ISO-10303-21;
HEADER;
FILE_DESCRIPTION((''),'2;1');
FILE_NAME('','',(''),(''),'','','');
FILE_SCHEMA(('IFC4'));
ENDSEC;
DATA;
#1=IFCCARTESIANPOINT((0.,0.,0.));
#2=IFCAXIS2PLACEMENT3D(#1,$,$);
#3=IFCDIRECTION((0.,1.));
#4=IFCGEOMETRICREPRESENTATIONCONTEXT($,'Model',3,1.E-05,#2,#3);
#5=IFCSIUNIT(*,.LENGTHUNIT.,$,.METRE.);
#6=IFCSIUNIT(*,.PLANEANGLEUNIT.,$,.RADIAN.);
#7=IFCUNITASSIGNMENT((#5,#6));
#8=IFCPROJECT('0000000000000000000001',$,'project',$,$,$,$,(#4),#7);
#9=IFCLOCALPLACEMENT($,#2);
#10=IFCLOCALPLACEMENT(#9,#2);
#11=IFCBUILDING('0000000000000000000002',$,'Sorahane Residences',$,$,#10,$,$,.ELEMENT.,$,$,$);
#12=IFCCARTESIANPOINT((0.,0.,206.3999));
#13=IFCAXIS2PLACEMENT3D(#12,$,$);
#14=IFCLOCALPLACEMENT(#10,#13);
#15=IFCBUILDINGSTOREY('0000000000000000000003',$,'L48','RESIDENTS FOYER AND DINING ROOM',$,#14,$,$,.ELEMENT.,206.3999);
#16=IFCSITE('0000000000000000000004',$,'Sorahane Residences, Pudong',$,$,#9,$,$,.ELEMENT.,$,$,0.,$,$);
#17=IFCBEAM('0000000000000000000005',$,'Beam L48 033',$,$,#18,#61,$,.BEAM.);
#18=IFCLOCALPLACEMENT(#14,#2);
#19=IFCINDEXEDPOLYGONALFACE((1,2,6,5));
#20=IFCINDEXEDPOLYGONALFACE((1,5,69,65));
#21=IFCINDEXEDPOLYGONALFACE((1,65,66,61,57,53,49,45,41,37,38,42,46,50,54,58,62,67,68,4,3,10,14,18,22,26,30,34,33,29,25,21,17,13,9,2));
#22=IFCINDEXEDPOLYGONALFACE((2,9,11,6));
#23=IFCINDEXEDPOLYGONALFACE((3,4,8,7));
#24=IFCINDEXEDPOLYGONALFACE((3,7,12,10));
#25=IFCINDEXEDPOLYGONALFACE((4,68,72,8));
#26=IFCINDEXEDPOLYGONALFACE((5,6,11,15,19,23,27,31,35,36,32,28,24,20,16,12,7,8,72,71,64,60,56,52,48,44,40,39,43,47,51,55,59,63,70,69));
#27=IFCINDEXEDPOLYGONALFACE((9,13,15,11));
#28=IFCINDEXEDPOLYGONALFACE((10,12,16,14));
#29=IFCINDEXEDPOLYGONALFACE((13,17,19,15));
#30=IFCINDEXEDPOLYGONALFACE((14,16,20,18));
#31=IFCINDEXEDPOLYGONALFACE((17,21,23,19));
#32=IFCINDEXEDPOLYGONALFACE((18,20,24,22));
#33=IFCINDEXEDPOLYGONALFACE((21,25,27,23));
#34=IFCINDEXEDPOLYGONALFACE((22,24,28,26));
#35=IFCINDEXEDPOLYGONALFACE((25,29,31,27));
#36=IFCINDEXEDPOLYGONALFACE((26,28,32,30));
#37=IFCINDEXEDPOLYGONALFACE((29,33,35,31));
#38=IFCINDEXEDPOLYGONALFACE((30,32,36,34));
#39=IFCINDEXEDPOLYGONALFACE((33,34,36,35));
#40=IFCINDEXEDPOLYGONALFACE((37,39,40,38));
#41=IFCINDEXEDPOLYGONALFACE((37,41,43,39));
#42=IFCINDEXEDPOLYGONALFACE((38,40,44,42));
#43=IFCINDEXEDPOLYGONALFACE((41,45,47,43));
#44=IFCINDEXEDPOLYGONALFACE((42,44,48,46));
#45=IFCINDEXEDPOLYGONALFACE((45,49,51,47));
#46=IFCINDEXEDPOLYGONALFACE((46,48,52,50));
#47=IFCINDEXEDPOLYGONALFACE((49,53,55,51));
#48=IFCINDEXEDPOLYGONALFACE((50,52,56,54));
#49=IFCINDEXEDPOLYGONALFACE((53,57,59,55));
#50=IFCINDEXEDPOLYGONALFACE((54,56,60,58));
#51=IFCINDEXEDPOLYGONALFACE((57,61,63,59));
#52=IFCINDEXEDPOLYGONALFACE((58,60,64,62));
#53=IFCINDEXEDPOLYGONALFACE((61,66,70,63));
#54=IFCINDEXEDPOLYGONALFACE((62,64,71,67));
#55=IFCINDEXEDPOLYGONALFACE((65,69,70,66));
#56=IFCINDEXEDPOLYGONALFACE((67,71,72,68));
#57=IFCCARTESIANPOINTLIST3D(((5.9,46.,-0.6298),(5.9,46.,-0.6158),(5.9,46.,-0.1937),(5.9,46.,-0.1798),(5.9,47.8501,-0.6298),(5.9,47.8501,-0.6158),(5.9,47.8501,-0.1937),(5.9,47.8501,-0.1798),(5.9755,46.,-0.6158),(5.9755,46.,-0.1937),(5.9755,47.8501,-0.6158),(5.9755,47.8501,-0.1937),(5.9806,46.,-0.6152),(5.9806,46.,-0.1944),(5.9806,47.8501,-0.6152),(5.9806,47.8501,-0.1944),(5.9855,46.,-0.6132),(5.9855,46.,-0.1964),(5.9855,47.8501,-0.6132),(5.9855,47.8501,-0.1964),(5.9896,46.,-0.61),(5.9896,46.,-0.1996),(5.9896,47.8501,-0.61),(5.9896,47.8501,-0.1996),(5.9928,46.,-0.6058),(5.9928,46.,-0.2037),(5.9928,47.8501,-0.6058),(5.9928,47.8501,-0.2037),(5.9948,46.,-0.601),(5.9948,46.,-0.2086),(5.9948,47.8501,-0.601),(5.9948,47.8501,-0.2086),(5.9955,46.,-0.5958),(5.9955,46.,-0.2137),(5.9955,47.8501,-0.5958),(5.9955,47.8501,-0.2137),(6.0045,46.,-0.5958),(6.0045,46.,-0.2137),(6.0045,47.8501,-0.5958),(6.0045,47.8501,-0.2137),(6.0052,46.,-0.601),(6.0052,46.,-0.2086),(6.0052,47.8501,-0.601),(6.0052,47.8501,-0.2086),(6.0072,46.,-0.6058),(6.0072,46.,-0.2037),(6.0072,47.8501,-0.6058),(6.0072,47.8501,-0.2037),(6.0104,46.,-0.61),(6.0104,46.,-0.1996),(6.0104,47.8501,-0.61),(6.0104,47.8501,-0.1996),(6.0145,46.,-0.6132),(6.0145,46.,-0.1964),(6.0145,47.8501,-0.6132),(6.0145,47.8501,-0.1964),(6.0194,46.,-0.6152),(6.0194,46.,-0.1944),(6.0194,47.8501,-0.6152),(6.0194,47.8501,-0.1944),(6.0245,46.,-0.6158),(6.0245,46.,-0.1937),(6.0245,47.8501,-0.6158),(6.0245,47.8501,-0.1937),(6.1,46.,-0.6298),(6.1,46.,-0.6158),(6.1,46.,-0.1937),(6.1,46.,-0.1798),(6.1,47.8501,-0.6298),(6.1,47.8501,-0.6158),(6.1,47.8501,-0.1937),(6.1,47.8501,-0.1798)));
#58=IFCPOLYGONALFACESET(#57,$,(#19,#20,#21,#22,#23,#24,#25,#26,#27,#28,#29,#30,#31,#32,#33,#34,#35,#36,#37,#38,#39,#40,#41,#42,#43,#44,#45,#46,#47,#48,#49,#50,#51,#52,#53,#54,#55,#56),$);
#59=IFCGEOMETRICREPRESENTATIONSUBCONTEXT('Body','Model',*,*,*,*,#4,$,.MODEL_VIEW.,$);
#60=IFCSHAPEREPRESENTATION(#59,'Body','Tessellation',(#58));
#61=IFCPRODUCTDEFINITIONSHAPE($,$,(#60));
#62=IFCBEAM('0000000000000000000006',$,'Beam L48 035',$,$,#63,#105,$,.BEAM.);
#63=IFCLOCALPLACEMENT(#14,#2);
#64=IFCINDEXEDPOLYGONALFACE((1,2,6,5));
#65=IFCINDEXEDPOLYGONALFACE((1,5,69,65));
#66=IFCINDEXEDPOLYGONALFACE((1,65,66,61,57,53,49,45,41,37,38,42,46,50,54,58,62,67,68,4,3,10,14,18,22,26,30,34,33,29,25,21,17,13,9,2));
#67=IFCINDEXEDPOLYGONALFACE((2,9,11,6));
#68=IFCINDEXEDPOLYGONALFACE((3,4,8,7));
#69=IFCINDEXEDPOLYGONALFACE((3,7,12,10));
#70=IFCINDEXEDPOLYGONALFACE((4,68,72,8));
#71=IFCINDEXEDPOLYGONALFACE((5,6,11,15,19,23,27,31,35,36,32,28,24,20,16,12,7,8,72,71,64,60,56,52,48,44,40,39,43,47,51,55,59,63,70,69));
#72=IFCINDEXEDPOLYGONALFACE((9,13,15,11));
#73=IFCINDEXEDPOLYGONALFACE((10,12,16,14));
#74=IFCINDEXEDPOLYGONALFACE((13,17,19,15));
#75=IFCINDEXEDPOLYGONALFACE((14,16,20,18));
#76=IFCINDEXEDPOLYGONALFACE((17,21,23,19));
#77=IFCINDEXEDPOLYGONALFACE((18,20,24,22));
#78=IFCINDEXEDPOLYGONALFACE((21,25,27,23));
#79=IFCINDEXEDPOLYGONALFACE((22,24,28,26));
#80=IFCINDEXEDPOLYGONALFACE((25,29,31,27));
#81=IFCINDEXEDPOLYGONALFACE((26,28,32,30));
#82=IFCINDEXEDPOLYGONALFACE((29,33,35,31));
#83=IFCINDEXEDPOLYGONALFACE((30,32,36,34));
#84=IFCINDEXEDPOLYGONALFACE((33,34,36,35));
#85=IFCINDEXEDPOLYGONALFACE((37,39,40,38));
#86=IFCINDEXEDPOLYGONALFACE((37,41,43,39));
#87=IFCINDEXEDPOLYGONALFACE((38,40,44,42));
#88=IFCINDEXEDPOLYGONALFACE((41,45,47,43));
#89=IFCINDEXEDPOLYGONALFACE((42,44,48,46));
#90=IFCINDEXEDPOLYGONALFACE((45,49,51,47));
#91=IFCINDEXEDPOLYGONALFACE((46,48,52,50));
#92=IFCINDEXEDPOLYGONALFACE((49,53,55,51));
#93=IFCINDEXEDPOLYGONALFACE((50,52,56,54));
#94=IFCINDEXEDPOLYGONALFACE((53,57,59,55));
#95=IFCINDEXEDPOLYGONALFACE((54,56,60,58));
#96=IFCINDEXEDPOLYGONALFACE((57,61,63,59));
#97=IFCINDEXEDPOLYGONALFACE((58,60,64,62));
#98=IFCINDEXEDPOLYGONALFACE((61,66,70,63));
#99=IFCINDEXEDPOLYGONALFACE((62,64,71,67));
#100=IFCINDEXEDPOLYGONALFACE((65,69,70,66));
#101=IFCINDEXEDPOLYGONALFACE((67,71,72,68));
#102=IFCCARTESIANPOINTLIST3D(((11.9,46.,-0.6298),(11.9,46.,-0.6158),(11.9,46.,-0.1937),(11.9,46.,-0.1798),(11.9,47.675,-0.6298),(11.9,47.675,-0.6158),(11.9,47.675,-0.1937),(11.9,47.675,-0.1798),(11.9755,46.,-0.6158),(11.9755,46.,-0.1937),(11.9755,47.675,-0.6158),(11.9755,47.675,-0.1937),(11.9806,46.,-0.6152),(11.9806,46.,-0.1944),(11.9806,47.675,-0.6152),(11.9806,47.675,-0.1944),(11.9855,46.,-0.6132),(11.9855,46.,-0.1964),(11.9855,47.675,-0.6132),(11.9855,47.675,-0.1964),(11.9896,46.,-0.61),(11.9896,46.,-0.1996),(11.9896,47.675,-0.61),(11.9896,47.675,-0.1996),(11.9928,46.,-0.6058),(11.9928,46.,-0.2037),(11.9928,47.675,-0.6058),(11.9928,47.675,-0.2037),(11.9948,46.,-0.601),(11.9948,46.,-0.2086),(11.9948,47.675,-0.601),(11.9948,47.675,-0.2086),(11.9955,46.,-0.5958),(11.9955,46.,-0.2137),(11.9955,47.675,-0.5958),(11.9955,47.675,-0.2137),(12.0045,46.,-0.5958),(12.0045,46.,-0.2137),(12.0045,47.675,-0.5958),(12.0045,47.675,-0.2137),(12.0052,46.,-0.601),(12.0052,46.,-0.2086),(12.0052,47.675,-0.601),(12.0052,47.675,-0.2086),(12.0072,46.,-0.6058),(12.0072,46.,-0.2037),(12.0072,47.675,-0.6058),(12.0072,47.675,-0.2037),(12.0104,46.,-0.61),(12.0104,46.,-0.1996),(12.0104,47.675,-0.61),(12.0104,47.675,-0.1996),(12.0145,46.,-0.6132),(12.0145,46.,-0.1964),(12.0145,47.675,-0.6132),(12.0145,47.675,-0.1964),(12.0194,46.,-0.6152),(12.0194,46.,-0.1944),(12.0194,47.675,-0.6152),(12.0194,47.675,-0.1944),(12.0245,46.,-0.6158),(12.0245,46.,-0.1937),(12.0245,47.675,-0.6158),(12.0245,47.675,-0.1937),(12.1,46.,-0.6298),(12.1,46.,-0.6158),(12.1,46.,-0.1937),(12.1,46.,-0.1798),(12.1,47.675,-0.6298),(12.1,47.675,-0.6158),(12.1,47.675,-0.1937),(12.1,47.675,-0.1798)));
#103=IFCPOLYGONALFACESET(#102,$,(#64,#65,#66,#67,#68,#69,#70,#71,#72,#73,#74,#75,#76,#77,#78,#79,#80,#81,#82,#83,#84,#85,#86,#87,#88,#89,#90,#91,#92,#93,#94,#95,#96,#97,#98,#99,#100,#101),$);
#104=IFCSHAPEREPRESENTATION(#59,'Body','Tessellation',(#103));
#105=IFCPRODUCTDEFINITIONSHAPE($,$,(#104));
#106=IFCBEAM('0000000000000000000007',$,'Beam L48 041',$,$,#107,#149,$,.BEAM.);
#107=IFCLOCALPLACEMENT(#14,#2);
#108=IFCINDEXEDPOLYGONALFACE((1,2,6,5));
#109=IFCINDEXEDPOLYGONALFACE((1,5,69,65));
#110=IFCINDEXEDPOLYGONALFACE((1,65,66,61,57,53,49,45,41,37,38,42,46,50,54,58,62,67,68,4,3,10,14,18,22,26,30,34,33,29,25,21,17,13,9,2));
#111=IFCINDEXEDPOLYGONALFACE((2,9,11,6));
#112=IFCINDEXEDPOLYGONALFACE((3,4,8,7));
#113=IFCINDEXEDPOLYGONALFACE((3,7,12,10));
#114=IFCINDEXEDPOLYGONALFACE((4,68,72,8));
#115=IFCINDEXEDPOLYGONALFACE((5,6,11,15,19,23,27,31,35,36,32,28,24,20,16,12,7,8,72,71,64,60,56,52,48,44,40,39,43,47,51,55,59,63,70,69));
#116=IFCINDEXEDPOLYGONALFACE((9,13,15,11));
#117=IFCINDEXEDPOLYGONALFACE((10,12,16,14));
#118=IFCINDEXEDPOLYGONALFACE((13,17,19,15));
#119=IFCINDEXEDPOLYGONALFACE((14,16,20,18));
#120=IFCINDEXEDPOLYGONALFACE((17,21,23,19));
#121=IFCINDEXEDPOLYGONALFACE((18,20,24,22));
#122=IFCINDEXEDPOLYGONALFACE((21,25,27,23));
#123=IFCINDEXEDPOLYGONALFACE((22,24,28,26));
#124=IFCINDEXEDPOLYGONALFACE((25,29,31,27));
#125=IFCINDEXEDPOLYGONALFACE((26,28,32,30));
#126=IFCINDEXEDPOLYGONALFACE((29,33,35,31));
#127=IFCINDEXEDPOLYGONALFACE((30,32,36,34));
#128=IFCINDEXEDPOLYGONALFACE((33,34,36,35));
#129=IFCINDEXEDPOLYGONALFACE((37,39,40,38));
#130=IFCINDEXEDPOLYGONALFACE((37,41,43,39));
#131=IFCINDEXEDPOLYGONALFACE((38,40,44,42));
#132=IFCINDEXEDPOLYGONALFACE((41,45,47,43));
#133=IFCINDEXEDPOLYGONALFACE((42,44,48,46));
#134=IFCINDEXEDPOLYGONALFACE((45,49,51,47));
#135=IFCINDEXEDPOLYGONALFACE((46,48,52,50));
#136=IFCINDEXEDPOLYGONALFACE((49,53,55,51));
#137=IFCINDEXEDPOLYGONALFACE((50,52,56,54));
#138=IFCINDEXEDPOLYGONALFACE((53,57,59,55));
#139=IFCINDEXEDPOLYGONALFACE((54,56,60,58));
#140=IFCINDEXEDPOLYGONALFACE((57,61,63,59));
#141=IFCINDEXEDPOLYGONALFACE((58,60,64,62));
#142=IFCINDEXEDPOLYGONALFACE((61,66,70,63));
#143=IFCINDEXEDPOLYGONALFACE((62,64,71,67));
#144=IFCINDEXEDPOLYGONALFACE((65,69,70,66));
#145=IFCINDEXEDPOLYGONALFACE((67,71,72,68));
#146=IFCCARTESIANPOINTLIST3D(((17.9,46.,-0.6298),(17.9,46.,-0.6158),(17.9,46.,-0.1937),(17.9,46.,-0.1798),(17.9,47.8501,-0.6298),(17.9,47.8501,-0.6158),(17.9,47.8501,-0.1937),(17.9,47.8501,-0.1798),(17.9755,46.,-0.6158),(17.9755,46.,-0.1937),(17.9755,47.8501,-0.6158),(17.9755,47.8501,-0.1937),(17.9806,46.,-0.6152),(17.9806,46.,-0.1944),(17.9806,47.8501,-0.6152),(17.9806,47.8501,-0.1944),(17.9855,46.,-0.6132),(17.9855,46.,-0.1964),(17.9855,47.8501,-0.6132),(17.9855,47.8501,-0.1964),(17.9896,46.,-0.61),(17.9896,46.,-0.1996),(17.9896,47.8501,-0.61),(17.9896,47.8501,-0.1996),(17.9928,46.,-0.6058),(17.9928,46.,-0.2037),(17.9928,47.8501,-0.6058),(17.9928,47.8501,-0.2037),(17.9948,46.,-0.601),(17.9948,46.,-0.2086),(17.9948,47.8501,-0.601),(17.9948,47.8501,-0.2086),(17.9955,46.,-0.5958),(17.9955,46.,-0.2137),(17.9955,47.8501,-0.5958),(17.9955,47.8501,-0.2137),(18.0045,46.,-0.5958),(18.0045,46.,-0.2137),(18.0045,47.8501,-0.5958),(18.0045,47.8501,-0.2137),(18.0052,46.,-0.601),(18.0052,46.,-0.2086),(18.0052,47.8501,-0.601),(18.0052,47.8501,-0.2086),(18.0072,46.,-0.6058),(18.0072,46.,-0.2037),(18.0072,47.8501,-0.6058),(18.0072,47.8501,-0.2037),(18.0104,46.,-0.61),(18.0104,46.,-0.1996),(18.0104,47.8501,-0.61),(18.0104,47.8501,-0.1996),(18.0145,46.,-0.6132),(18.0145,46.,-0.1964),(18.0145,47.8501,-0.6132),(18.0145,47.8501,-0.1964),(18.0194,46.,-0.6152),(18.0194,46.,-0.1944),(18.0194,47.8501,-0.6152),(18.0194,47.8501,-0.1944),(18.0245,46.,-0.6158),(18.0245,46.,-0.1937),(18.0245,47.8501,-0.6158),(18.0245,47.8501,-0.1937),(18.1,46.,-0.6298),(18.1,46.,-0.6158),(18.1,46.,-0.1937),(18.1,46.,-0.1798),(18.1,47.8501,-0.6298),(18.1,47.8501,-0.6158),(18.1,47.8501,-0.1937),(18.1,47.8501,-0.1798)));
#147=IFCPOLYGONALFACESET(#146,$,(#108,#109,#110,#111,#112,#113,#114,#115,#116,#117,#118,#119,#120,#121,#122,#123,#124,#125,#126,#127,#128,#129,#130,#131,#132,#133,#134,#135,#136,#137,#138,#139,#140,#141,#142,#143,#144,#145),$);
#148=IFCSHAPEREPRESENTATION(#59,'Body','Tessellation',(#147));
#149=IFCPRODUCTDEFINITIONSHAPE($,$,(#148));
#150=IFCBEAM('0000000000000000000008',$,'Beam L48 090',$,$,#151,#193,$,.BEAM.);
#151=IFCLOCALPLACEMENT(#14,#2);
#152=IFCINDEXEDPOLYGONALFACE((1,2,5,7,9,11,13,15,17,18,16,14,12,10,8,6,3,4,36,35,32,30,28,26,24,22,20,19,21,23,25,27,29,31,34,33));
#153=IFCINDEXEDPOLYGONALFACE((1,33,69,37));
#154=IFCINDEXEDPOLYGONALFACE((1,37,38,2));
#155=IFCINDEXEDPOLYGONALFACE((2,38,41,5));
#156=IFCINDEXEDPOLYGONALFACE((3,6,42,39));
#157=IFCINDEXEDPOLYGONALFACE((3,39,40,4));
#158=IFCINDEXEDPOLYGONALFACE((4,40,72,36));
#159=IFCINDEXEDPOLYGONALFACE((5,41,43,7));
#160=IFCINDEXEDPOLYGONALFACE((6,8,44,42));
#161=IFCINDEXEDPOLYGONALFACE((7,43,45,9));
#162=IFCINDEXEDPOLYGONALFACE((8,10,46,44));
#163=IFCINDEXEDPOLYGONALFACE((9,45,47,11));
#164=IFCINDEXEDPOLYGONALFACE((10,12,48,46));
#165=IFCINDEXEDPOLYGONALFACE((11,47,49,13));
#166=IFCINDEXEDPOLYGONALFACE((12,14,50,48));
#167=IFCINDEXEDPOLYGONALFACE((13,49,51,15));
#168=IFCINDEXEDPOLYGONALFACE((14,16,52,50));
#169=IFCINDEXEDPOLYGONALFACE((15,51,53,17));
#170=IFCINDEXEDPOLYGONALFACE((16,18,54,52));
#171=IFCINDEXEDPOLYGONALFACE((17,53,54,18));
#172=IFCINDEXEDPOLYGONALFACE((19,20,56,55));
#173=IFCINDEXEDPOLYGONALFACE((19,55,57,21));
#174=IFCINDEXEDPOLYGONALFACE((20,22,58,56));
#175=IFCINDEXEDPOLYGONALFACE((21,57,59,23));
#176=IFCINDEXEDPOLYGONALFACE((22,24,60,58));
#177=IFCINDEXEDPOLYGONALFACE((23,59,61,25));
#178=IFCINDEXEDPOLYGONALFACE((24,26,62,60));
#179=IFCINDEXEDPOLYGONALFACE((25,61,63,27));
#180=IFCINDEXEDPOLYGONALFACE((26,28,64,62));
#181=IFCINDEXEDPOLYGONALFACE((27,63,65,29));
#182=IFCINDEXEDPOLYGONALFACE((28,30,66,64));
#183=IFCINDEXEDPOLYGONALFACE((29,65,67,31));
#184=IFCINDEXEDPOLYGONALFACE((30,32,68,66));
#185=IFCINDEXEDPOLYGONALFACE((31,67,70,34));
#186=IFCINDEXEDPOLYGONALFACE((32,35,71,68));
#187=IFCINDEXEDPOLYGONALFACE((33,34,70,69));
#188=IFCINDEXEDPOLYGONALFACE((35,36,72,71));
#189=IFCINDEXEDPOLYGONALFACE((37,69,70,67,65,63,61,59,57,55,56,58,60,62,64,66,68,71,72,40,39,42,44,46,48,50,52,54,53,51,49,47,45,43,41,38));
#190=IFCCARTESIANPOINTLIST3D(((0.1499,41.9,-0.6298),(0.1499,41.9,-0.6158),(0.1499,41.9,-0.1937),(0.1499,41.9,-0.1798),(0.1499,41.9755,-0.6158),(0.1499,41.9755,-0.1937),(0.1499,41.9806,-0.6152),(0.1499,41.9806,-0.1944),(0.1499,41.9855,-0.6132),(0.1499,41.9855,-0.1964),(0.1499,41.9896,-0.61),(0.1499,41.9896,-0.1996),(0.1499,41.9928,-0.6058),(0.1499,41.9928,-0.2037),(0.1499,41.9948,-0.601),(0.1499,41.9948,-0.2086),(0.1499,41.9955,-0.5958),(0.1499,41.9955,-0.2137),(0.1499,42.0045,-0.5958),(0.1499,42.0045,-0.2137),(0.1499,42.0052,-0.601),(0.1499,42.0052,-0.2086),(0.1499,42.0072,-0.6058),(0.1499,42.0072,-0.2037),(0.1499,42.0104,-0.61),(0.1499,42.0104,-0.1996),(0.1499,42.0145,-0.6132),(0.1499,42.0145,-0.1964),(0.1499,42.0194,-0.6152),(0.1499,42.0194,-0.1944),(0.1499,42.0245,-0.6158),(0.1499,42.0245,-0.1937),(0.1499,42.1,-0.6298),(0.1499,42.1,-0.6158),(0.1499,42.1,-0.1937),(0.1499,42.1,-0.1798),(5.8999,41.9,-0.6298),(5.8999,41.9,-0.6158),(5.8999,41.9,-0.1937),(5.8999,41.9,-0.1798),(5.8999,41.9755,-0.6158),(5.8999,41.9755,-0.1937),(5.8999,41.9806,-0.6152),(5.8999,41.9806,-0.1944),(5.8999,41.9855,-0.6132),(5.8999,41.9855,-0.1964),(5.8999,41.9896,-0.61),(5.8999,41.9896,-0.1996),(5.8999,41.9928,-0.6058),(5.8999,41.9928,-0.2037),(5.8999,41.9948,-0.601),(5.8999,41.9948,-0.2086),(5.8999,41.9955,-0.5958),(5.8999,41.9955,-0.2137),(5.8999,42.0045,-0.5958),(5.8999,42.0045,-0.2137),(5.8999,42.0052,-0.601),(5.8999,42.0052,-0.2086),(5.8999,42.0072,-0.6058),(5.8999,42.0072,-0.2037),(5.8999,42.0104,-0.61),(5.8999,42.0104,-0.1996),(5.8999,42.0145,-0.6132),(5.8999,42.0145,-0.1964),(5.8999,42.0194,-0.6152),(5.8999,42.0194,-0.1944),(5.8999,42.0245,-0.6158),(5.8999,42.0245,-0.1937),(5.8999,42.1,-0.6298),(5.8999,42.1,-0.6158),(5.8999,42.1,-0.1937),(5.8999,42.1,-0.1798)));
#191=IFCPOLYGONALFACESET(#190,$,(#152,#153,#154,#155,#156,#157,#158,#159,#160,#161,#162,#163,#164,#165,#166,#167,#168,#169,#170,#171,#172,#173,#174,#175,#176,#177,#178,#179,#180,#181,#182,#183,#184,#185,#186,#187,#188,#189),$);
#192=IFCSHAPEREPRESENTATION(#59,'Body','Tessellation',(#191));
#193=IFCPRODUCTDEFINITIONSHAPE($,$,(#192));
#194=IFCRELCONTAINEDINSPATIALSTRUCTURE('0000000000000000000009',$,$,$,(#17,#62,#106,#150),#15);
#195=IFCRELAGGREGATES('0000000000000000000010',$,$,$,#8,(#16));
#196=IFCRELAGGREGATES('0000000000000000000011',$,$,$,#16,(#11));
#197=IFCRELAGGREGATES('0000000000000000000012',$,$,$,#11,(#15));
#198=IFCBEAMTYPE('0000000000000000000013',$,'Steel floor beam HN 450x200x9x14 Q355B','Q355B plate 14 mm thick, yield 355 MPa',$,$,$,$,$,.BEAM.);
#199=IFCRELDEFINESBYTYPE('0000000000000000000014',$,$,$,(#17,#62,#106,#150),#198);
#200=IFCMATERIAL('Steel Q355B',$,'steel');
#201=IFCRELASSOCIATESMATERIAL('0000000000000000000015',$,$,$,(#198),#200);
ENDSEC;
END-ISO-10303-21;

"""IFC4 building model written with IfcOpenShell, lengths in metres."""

from ifc_helpers import new_model, si_unit, direction, frame, origin, origin_2d, place, context, subcontext, project, spatial, i_section, extrude, material, material_profile, profile_set, type_object, element, save


model = new_model("IFC4")

# Units and contexts
model_context = context("Model", 3, precision=1e-05, world=origin(), true_north=direction((0.0, 1.0)))
body_context = subcontext(model_context, "Body", "Model", "MODEL_VIEW")
ifc_project = project(units=[si_unit("LENGTHUNIT", "METRE"), si_unit("PLANEANGLEUNIT", "RADIAN")], contexts=[model_context])

# Site, building, storey
site_placement = place(None, origin())
site = spatial("IfcSite", under=ifc_project, at=site_placement, Name="Sorahane Residences, Pudong", CompositionType="ELEMENT", RefElevation=0.0)
building_placement = place(site_placement, origin())
building = spatial("IfcBuilding", under=site, at=building_placement, Name="Sorahane Residences", CompositionType="ELEMENT")
storey_placement = place(building_placement, frame((0.0, 0.0, 206.3999)))
storey = spatial("IfcBuildingStorey", under=building, at=storey_placement, Name="L48", Description="RESIDENTS FOYER AND DINING ROOM", CompositionType="ELEMENT", Elevation=206.3999)

# Beams
ifc_material_1 = material(Name="Steel Q355B", Category="steel")
ifc_material_profile_1 = material_profile(ifc_material_1, i_section(OverallWidth=0.2, OverallDepth=0.45, WebThickness=0.009, FlangeThickness=0.0139, FilletRadius=0.02, at=origin_2d()), Name="HN 450x200x9x14")
ifc_profile_set_1 = profile_set([ifc_material_profile_1], Name="Steel Q355B")
beam_type_1 = type_object("IfcBeamType", Name="Steel floor beam HN 450x200x9x14 Q355B", Description="Q355B plate 14 mm thick, yield 355 MPa", PredefinedType="BEAM", material=ifc_profile_set_1)
beam_1_placement = place(storey_placement, frame((6.0, 46.0, -0.4048), z_axis=(0.0, 1.0, 0.0), x_axis=(-1.0, 0.0, 0.0)))
element("IfcBeam", 1, at=beam_1_placement, inside=storey, type_object=beam_type_1, Name="Beam L48 033", PredefinedType="BEAM", context=body_context, shape_type="SweptSolid", body=[
    extrude(i_section(OverallWidth=0.2, OverallDepth=0.45, WebThickness=0.009, FlangeThickness=0.0139, FilletRadius=0.02, at=origin_2d()), origin(), (0.0, 0.0, 1.0), 1.8501),
])
beam_2_placement = place(storey_placement, frame((12.0, 46.0, -0.4048), z_axis=(0.0, 1.0, 0.0), x_axis=(-1.0, 0.0, 0.0)))
element("IfcBeam", 2, at=beam_2_placement, inside=storey, type_object=beam_type_1, Name="Beam L48 035", PredefinedType="BEAM", context=body_context, shape_type="SweptSolid", body=[
    extrude(i_section(OverallWidth=0.2, OverallDepth=0.45, WebThickness=0.009, FlangeThickness=0.0139, FilletRadius=0.02, at=origin_2d()), origin(), (0.0, 0.0, 1.0), 1.675),
])
beam_3_placement = place(storey_placement, frame((18.0, 46.0, -0.4048), z_axis=(0.0, 1.0, 0.0), x_axis=(-1.0, 0.0, 0.0)))
element("IfcBeam", 3, at=beam_3_placement, inside=storey, type_object=beam_type_1, Name="Beam L48 041", PredefinedType="BEAM", context=body_context, shape_type="SweptSolid", body=[
    extrude(i_section(OverallWidth=0.2, OverallDepth=0.45, WebThickness=0.009, FlangeThickness=0.0139, FilletRadius=0.02, at=origin_2d()), origin(), (0.0, 0.0, 1.0), 1.8501),
])
beam_4_placement = place(storey_placement, frame((0.1499, 42.0, -0.4048), z_axis=(1.0, 0.0, 0.0), x_axis=(0.0, 1.0, 0.0)))
element("IfcBeam", 4, at=beam_4_placement, inside=storey, type_object=beam_type_1, Name="Beam L48 090", PredefinedType="BEAM", context=body_context, shape_type="SweptSolid", body=[
    extrude(i_section(OverallWidth=0.2, OverallDepth=0.45, WebThickness=0.009, FlangeThickness=0.0139, FilletRadius=0.02, at=origin_2d()), origin(), (0.0, 0.0, 1.0), 5.75),
])

save(model, "model.ifc")
